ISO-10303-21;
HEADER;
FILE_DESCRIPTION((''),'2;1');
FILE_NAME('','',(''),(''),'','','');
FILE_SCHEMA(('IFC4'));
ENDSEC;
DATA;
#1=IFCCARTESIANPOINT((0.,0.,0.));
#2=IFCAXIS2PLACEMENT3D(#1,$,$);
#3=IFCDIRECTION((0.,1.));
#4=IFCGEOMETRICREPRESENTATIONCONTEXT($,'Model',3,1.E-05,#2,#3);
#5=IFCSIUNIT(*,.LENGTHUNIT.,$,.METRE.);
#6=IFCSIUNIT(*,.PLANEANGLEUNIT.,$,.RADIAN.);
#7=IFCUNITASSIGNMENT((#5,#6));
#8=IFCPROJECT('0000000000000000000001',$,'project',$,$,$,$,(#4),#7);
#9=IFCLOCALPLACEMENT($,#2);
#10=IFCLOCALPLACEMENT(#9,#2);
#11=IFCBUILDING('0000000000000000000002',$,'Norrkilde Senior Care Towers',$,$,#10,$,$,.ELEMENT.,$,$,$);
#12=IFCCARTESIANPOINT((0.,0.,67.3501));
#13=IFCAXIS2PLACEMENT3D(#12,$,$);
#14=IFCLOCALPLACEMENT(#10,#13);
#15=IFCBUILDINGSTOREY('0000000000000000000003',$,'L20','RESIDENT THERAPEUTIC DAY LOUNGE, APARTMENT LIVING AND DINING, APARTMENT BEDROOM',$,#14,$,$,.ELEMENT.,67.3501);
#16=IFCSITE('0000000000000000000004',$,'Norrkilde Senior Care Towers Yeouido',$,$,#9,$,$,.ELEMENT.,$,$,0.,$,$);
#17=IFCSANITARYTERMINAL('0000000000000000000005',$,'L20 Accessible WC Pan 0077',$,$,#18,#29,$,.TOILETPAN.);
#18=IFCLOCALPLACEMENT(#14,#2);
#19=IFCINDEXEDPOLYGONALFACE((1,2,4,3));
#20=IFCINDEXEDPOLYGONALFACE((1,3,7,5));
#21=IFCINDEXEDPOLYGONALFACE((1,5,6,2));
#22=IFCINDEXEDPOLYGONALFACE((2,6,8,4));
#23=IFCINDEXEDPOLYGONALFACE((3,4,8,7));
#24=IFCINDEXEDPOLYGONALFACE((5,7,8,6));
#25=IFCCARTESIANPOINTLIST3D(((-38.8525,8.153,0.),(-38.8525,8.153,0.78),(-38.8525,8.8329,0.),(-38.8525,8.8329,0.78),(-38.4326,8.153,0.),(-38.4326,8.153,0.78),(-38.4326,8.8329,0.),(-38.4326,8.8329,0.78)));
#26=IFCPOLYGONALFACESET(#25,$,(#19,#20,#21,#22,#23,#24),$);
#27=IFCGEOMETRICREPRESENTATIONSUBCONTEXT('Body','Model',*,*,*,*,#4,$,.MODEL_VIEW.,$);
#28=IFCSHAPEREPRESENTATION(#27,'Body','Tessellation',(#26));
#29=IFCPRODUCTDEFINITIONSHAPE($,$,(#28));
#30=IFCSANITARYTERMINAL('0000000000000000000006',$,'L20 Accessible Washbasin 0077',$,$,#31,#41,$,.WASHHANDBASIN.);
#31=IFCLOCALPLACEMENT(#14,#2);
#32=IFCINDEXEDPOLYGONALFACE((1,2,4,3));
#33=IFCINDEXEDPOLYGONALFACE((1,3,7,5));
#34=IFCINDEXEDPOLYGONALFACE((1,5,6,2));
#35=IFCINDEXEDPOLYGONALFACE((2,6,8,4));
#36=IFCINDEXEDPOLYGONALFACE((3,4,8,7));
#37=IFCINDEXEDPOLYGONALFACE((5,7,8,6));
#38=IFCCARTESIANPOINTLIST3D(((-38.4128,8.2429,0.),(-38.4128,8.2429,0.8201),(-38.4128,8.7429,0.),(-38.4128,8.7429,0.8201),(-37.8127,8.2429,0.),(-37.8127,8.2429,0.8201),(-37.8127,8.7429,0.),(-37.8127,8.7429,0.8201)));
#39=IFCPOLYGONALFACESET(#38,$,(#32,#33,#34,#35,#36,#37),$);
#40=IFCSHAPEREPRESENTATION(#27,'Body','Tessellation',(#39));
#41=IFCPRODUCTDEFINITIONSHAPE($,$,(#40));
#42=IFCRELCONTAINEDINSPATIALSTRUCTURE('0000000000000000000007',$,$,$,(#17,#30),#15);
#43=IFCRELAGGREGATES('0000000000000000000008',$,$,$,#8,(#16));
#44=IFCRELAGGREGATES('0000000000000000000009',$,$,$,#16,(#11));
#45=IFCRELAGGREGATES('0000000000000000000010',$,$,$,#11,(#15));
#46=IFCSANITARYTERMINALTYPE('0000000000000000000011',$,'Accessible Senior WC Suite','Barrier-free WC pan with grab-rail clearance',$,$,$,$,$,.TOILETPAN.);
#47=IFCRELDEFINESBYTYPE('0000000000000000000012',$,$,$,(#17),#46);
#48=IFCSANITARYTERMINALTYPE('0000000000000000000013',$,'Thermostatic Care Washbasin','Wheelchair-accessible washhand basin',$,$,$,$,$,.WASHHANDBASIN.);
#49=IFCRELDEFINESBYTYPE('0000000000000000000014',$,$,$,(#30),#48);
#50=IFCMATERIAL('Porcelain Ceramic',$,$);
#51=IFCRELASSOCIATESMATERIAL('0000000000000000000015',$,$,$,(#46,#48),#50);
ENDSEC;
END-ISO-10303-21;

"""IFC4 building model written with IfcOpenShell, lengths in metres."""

from ifc_helpers import new_model, si_unit, direction, frame, origin, origin_2d, place, context, subcontext, project, spatial, rectangle, extrude, source, transform, mapped, material, type_object, type_shapes, element, save


model = new_model("IFC4")

# Units and contexts
model_context = context("Model", 3, precision=1e-05, world=origin(), true_north=direction((0.0, 1.0)))
body_context = subcontext(model_context, "Body", "Model", "MODEL_VIEW")
ifc_project = project(units=[si_unit("LENGTHUNIT", "METRE"), si_unit("PLANEANGLEUNIT", "RADIAN")], contexts=[model_context])

# Site, building, storey
site_placement = place(None, origin())
site = spatial("IfcSite", under=ifc_project, at=site_placement, Name="Norrkilde Senior Care Towers Yeouido", CompositionType="ELEMENT", RefElevation=0.0)
building_placement = place(site_placement, origin())
building = spatial("IfcBuilding", under=site, at=building_placement, Name="Norrkilde Senior Care Towers", CompositionType="ELEMENT")
storey_placement = place(building_placement, frame((0.0, 0.0, 67.3501)))
storey = spatial("IfcBuildingStorey", under=building, at=storey_placement, Name="L20", Description="RESIDENT THERAPEUTIC DAY LOUNGE, APARTMENT LIVING AND DINING, APARTMENT BEDROOM", CompositionType="ELEMENT", Elevation=67.3501)

# Sanitary terminals
ifc_material_1 = material(Name="Porcelain Ceramic")
sanitary_terminal_type_1 = type_object("IfcSanitaryTerminalType", Name="Accessible Senior WC Suite", Description="Barrier-free WC pan with grab-rail clearance", PredefinedType="TOILETPAN", material=ifc_material_1)
shared_shape_1 = source(origin(), body_context, "Body", "SweptSolid", [
    extrude(rectangle(XDim=0.4199, YDim=0.6799, at=origin_2d()), origin(), (0.0, 0.0, 1.0), 0.78),
])
type_shapes(sanitary_terminal_type_1, [shared_shape_1])
sanitary_terminal_1_placement = place(storey_placement, frame((-38.6426, 8.4929, 0.0), z_axis=(0.0, 0.0, 1.0), x_axis=(1.0, 0.0, 0.0)))
element("IfcSanitaryTerminal", 1, at=sanitary_terminal_1_placement, inside=storey, type_object=sanitary_terminal_type_1, Name="L20 Accessible WC Pan 0077", PredefinedType="TOILETPAN", context=body_context, shape_type="MappedRepresentation", body=[
    mapped(shared_shape_1, transform((0.0, 0.0, 0.0), x_axis=(1.0, 0.0, 0.0), y_axis=(0.0, 1.0, 0.0), z_axis=(0.0, 0.0, 1.0), scale=1.0)),
])
sanitary_terminal_type_2 = type_object("IfcSanitaryTerminalType", Name="Thermostatic Care Washbasin", Description="Wheelchair-accessible washhand basin", PredefinedType="WASHHANDBASIN", material=ifc_material_1)
shared_shape_2 = source(origin(), body_context, "Body", "SweptSolid", [
    extrude(rectangle(XDim=0.6001, YDim=0.5, at=origin_2d()), origin(), (0.0, 0.0, 1.0), 0.8201),
])
type_shapes(sanitary_terminal_type_2, [shared_shape_2])
sanitary_terminal_2_placement = place(storey_placement, frame((-38.1128, 8.4929, 0.0), z_axis=(0.0, 0.0, 1.0), x_axis=(1.0, 0.0, 0.0)))
element("IfcSanitaryTerminal", 2, at=sanitary_terminal_2_placement, inside=storey, type_object=sanitary_terminal_type_2, Name="L20 Accessible Washbasin 0077", PredefinedType="WASHHANDBASIN", context=body_context, shape_type="MappedRepresentation", body=[
    mapped(shared_shape_2, transform((0.0, 0.0, 0.0), x_axis=(1.0, 0.0, 0.0), y_axis=(0.0, 1.0, 0.0), z_axis=(0.0, 0.0, 1.0), scale=1.0)),
])

save(model, "model.ifc")
